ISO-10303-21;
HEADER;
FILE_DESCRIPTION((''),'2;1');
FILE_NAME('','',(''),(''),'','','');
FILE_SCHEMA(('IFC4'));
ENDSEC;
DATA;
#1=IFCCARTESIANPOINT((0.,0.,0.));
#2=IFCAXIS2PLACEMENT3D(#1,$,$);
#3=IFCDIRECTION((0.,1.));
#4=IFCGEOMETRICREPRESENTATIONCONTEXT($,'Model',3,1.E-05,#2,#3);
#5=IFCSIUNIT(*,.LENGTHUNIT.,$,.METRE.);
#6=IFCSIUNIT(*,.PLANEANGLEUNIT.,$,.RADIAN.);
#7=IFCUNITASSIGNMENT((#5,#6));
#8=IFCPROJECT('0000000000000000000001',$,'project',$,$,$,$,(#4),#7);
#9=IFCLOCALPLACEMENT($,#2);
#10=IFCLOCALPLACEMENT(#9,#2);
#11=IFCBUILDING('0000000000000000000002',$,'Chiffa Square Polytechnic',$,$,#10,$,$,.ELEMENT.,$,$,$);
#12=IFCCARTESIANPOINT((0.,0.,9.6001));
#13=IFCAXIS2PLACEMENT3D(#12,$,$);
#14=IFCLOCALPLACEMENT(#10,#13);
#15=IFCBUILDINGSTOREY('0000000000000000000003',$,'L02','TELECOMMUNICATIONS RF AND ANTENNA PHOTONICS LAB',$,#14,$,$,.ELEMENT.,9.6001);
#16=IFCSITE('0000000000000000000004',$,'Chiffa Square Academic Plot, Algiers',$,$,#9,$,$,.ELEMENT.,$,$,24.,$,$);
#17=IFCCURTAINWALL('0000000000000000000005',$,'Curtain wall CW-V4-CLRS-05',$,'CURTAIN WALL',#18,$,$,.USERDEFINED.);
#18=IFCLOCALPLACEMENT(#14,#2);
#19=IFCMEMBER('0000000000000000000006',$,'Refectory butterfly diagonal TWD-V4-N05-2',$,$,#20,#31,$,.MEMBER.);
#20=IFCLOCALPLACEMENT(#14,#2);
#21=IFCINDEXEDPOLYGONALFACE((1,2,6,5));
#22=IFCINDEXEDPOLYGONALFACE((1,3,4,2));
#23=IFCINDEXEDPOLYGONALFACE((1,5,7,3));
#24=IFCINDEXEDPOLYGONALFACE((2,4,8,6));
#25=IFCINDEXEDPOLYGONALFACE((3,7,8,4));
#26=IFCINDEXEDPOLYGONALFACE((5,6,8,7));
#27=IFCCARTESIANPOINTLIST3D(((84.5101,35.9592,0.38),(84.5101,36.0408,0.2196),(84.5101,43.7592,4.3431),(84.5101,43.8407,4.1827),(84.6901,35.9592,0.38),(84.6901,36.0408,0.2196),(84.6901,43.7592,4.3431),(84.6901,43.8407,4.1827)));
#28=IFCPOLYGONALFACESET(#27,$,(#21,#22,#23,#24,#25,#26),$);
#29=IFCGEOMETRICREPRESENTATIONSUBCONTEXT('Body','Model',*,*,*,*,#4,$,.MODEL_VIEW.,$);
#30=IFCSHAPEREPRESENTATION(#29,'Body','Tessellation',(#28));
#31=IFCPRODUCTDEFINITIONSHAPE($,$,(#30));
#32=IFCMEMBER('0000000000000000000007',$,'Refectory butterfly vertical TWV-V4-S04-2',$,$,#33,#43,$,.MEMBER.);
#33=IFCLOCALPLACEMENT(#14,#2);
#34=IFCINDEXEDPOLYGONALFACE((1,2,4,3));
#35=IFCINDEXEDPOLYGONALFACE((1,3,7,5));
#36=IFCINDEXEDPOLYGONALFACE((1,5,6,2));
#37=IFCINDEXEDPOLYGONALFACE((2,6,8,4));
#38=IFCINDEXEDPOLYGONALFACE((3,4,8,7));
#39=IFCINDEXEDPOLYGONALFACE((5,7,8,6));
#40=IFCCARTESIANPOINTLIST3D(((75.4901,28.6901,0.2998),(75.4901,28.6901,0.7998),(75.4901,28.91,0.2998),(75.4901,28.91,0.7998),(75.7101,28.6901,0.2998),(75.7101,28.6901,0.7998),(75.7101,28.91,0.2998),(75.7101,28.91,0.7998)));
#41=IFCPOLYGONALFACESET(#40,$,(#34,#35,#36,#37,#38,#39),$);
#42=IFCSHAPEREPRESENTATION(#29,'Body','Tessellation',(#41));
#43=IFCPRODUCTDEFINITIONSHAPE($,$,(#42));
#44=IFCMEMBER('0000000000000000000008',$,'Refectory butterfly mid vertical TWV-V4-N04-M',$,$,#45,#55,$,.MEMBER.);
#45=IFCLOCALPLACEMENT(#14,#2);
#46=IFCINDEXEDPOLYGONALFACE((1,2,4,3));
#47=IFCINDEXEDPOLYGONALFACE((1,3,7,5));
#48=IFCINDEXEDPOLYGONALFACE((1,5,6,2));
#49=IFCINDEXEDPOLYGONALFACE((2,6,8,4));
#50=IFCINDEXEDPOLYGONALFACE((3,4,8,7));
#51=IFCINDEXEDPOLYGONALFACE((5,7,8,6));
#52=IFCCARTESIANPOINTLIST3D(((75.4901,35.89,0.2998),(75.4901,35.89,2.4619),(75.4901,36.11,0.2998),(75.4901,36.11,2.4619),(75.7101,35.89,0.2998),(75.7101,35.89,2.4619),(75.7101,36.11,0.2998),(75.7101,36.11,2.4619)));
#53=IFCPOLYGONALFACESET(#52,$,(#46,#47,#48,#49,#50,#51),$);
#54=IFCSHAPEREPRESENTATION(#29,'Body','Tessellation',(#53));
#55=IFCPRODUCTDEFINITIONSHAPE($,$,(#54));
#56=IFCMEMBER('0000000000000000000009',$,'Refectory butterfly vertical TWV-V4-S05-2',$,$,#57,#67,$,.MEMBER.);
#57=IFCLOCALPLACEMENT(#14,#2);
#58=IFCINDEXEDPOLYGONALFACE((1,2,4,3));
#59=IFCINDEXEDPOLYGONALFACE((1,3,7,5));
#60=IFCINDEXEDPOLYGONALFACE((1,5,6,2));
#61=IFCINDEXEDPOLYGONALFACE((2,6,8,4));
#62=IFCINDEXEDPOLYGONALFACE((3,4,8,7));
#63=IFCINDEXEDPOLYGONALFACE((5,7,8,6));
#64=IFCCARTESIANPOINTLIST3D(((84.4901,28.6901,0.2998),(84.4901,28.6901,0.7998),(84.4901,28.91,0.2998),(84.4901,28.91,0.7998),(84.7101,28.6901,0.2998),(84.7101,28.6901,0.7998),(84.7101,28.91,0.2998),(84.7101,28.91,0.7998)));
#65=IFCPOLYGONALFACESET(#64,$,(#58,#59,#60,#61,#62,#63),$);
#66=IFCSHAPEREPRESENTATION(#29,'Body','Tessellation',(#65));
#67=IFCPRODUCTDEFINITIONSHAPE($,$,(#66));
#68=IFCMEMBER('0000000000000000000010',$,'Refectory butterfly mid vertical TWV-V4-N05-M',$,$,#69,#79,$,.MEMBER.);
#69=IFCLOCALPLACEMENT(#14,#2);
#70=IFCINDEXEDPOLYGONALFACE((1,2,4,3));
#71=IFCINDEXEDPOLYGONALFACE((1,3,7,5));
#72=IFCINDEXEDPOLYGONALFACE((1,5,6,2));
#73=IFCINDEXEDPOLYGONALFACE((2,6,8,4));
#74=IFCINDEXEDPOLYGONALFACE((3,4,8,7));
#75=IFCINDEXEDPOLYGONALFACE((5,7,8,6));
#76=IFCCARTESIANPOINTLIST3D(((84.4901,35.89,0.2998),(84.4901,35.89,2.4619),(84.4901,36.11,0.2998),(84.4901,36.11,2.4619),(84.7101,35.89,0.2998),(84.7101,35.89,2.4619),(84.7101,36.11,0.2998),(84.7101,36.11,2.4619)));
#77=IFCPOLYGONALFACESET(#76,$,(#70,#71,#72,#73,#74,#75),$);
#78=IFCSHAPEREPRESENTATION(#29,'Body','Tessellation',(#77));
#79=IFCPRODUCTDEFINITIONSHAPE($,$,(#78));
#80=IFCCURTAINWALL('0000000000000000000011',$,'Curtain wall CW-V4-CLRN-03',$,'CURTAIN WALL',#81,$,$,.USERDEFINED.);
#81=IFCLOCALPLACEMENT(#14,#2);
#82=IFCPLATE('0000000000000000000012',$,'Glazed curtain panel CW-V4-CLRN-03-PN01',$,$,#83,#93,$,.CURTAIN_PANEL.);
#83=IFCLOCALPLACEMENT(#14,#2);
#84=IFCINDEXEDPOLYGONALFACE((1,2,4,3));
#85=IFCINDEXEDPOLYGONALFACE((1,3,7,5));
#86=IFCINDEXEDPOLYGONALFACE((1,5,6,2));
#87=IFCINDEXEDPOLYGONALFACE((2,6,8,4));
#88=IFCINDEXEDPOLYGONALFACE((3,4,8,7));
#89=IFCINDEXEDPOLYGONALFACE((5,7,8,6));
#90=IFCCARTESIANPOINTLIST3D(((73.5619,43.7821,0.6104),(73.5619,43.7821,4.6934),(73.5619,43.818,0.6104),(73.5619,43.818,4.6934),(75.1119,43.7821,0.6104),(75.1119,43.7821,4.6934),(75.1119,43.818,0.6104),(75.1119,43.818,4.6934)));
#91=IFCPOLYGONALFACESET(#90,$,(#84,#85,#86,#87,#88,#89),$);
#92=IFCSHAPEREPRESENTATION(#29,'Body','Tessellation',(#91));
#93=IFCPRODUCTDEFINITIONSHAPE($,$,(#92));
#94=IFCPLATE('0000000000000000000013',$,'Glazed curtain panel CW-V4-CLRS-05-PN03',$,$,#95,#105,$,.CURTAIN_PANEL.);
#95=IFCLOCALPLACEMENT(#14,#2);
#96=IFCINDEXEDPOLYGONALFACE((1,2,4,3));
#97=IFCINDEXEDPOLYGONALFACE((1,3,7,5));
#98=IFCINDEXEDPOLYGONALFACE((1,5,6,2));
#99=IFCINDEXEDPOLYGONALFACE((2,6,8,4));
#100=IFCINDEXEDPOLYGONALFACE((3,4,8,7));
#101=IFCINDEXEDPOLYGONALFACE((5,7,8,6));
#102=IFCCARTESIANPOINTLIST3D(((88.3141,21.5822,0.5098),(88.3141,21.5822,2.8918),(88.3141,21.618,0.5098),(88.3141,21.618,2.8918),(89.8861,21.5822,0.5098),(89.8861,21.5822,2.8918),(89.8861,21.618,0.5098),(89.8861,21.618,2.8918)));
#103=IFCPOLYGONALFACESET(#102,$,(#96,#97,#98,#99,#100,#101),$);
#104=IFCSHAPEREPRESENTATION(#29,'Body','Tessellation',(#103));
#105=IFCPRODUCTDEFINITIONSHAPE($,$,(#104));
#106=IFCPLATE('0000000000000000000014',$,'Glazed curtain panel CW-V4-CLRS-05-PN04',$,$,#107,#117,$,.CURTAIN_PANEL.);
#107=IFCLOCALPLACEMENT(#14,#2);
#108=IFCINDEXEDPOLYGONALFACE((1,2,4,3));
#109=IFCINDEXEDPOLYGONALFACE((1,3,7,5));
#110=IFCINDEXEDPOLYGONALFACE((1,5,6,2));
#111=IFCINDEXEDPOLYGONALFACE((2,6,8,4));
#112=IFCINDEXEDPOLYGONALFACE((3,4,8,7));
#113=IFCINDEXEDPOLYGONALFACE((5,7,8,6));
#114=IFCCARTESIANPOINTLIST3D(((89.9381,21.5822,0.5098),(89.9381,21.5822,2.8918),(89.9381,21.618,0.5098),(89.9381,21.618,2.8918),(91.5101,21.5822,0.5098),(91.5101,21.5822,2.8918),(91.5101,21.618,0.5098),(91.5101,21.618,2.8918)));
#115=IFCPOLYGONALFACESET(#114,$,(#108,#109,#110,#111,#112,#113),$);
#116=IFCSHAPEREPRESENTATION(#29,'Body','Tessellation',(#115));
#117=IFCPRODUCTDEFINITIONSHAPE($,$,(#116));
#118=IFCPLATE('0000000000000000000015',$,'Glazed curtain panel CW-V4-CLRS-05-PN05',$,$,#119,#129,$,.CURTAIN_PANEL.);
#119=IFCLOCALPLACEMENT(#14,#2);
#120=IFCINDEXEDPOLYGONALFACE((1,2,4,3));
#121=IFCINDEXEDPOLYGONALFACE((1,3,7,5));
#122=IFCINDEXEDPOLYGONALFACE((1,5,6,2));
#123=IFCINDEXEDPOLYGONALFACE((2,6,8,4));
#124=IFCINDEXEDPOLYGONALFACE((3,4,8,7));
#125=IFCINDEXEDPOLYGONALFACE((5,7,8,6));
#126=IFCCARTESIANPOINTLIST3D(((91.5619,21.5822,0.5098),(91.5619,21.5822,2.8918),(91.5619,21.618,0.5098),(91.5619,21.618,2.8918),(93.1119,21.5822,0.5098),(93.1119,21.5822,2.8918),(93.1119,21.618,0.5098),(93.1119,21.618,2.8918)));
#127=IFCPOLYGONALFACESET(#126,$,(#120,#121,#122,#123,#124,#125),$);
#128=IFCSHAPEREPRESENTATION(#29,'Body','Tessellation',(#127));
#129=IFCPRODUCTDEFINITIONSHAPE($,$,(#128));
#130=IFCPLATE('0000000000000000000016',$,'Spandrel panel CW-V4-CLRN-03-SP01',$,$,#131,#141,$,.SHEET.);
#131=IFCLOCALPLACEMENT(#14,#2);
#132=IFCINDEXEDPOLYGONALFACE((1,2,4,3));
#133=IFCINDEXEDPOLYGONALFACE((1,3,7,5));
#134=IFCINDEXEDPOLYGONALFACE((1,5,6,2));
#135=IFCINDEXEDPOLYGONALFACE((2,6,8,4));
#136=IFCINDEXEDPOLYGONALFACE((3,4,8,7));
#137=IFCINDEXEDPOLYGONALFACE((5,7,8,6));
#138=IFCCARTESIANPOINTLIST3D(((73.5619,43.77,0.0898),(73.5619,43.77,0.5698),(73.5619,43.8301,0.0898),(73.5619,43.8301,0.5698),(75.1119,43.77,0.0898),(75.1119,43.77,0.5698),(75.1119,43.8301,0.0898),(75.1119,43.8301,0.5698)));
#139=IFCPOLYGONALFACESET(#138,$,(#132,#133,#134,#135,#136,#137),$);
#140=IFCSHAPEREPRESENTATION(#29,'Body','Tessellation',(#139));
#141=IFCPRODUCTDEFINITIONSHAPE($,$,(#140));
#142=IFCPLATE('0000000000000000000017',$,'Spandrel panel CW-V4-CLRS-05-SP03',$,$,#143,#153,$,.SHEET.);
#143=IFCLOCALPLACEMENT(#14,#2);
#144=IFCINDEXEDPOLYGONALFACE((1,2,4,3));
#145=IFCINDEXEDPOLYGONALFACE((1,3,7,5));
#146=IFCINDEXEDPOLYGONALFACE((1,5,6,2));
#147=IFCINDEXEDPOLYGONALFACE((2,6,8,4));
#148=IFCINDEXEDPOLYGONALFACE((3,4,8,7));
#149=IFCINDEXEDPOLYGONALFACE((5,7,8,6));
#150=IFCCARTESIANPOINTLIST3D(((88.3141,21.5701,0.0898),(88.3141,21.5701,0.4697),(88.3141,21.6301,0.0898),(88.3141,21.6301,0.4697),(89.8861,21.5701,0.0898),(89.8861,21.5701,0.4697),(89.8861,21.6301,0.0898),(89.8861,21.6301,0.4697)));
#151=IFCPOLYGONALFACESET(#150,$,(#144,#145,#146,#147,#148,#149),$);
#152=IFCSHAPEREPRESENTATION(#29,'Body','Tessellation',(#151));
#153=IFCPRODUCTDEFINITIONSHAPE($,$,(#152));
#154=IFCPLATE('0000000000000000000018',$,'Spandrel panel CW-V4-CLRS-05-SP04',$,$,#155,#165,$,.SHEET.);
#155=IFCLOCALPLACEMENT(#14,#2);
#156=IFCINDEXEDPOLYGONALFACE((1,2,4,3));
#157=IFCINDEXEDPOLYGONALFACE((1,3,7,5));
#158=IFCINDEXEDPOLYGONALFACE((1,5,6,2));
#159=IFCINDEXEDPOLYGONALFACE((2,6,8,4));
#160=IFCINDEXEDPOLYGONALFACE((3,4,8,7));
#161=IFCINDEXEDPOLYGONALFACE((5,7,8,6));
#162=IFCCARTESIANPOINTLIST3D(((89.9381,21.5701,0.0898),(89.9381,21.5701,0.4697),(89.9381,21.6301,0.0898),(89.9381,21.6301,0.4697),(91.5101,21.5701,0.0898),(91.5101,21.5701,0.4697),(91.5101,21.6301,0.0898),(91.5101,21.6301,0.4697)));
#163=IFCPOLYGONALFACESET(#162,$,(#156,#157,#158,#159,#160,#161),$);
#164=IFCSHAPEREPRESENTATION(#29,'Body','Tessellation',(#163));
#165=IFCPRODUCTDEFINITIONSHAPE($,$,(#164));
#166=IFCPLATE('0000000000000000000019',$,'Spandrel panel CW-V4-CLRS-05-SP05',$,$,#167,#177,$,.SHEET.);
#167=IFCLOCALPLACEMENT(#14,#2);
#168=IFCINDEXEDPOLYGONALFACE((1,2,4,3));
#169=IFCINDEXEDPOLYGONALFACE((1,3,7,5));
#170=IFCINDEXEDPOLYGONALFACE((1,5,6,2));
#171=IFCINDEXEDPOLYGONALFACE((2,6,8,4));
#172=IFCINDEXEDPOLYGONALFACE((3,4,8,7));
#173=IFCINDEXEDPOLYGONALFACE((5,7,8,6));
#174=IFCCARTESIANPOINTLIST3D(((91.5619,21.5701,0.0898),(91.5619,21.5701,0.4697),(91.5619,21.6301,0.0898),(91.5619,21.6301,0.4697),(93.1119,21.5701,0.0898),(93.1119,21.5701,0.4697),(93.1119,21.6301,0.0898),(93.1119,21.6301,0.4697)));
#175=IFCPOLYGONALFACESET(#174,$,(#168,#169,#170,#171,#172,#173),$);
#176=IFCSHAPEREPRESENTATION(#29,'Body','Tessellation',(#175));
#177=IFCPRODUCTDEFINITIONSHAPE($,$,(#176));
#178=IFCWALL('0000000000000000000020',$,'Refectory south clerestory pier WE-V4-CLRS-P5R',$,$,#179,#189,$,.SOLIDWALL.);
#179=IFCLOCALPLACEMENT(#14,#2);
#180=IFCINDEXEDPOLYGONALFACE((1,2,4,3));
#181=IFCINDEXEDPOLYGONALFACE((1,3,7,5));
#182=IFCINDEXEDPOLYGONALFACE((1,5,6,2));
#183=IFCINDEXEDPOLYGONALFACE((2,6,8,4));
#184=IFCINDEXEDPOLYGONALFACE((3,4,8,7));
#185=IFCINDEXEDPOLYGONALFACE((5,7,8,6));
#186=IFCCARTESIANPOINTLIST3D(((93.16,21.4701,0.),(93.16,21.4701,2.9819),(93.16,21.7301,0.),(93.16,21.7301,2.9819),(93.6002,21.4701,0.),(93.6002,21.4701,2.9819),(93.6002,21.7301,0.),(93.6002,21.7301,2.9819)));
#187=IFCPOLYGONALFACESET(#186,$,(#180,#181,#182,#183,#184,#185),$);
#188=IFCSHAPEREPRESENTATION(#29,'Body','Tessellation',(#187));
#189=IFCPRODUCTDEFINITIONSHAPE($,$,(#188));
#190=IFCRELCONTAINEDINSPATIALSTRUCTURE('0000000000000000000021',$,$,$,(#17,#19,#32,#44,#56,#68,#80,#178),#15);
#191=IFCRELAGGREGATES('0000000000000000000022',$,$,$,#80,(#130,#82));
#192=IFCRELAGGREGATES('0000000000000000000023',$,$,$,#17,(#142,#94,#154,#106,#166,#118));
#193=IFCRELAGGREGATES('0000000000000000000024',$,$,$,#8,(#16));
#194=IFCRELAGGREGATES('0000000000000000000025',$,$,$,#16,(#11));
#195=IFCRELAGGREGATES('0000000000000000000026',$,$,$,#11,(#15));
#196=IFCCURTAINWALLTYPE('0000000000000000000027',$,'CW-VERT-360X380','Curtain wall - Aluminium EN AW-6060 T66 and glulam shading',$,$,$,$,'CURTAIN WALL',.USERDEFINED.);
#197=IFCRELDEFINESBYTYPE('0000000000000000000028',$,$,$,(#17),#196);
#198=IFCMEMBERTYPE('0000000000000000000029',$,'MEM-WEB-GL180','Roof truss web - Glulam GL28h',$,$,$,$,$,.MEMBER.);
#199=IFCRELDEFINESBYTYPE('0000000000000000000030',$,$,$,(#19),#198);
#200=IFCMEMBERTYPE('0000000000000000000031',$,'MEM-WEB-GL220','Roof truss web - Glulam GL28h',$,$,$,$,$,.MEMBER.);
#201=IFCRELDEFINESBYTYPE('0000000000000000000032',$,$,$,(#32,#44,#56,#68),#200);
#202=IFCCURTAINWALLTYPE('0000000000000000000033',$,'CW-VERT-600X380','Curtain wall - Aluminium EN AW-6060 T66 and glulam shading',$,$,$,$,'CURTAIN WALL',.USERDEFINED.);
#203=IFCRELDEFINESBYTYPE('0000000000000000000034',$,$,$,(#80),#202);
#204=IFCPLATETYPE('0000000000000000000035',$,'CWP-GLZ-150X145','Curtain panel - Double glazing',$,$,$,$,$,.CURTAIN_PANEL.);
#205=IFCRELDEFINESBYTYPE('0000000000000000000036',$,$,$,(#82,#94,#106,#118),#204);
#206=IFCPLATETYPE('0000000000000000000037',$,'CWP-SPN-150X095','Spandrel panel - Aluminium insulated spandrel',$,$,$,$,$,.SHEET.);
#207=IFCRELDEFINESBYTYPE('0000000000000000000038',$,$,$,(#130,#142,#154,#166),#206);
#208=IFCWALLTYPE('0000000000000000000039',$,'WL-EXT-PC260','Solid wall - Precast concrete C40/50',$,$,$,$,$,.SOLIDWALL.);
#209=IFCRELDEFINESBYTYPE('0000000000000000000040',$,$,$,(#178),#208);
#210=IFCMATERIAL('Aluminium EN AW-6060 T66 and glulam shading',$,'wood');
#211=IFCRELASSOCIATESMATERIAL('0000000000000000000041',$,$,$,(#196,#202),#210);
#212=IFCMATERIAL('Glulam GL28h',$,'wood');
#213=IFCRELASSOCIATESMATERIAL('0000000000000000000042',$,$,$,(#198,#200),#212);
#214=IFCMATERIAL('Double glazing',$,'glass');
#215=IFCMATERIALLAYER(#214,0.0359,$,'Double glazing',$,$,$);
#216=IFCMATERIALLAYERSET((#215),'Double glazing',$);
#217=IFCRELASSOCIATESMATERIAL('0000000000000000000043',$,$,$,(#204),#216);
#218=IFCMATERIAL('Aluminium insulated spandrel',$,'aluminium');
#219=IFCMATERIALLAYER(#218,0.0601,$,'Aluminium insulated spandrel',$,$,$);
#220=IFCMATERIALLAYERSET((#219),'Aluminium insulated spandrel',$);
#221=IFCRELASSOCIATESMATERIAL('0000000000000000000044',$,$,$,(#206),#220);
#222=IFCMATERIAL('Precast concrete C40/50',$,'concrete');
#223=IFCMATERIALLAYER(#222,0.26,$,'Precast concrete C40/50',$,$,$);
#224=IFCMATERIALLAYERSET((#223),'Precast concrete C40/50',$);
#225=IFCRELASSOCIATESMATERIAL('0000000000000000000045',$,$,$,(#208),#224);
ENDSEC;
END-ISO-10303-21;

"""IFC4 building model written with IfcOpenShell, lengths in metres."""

from ifc_helpers import new_model, si_unit, direction, frame, frame_2d, origin, origin_2d, place, context, subcontext, project, spatial, rectangle, extrude, material, layer, layer_set, material_profile, profile_set, type_object, element, aggregate, save


model = new_model("IFC4")

# Units and contexts
model_context = context("Model", 3, precision=1e-05, world=origin(), true_north=direction((0.0, 1.0)))
body_context = subcontext(model_context, "Body", "Model", "MODEL_VIEW")
ifc_project = project(units=[si_unit("LENGTHUNIT", "METRE"), si_unit("PLANEANGLEUNIT", "RADIAN")], contexts=[model_context])

# Site, building, storey
site_placement = place(None, origin())
site = spatial("IfcSite", under=ifc_project, at=site_placement, Name="Chiffa Square Academic Plot, Algiers", CompositionType="ELEMENT", RefElevation=24.0)
building_placement = place(site_placement, origin())
building = spatial("IfcBuilding", under=site, at=building_placement, Name="Chiffa Square Polytechnic", CompositionType="ELEMENT")
storey_placement = place(building_placement, frame((0.0, 0.0, 9.6001)))
storey = spatial("IfcBuildingStorey", under=building, at=storey_placement, Name="L02", Description="TELECOMMUNICATIONS RF AND ANTENNA PHOTONICS LAB", CompositionType="ELEMENT", Elevation=9.6001)

# Curtain wall
ifc_material_1 = material(Name="Aluminium EN AW-6060 T66 and glulam shading", Category="wood")
curtain_wall_type_1 = type_object("IfcCurtainWallType", Name="CW-VERT-360X380", Description="Curtain wall - Aluminium EN AW-6060 T66 and glulam shading", ElementType="CURTAIN WALL", PredefinedType="USERDEFINED", material=ifc_material_1)
curtain_wall_1_placement = place(storey_placement, origin())
curtain_wall_1 = element("IfcCurtainWall", 1, at=curtain_wall_1_placement, inside=storey, type_object=curtain_wall_type_1, Name="Curtain wall CW-V4-CLRS-05", ObjectType="CURTAIN WALL", PredefinedType="USERDEFINED")

# Members
ifc_material_2 = material(Name="Glulam GL28h", Category="wood")
ifc_material_profile_1 = material_profile(ifc_material_2, rectangle(XDim=0.1799, YDim=0.1799, at=origin_2d()), Name="GL28h 180x180")
ifc_profile_set_1 = profile_set([ifc_material_profile_1], Name="Glulam GL28h")
member_type_1 = type_object("IfcMemberType", Name="MEM-WEB-GL180", Description="Roof truss web - Glulam GL28h", PredefinedType="MEMBER", material=ifc_profile_set_1)
member_1_placement = place(storey_placement, frame((84.6001, 36.0, 0.2998), z_axis=(0.0, 0.891523, 0.452975), x_axis=(-1.0, 0.0, 0.0)))
element("IfcMember", 2, at=member_1_placement, inside=storey, type_object=member_type_1, Name="Refectory butterfly diagonal TWD-V4-N05-2", PredefinedType="MEMBER", context=body_context, shape_type="SweptSolid", body=[
    extrude(rectangle(XDim=0.1799, YDim=0.1799, at=origin_2d()), origin(), (0.0, 0.0, 1.0), 8.749),
])
ifc_material_profile_2 = material_profile(ifc_material_2, rectangle(XDim=0.22, YDim=0.22, at=origin_2d()), Name="GL28h 220x220")
ifc_profile_set_2 = profile_set([ifc_material_profile_2], Name="Glulam GL28h")
member_type_2 = type_object("IfcMemberType", Name="MEM-WEB-GL220", Description="Roof truss web - Glulam GL28h", PredefinedType="MEMBER", material=ifc_profile_set_2)
member_2_placement = place(storey_placement, frame((75.6001, 28.8, 0.2998), z_axis=(0.0, 0.0, 1.0), x_axis=(1.0, 0.0, 0.0)))
element("IfcMember", 3, at=member_2_placement, inside=storey, type_object=member_type_2, Name="Refectory butterfly vertical TWV-V4-S04-2", PredefinedType="MEMBER", context=body_context, shape_type="SweptSolid", body=[
    extrude(rectangle(XDim=0.22, YDim=0.22, at=origin_2d()), origin(), (0.0, 0.0, 1.0), 0.5),
])
member_3_placement = place(storey_placement, frame((75.6001, 36.0, 0.2998), z_axis=(0.0, 0.0, 1.0), x_axis=(1.0, 0.0, 0.0)))
element("IfcMember", 4, at=member_3_placement, inside=storey, type_object=member_type_2, Name="Refectory butterfly mid vertical TWV-V4-N04-M", PredefinedType="MEMBER", context=body_context, shape_type="SweptSolid", body=[
    extrude(rectangle(XDim=0.22, YDim=0.22, at=origin_2d()), origin(), (0.0, 0.0, 1.0), 2.1621),
])
member_4_placement = place(storey_placement, frame((84.6001, 28.8, 0.2998), z_axis=(0.0, 0.0, 1.0), x_axis=(1.0, 0.0, 0.0)))
element("IfcMember", 5, at=member_4_placement, inside=storey, type_object=member_type_2, Name="Refectory butterfly vertical TWV-V4-S05-2", PredefinedType="MEMBER", context=body_context, shape_type="SweptSolid", body=[
    extrude(rectangle(XDim=0.22, YDim=0.22, at=origin_2d()), origin(), (0.0, 0.0, 1.0), 0.5),
])
member_5_placement = place(storey_placement, frame((84.6001, 36.0, 0.2998), z_axis=(0.0, 0.0, 1.0), x_axis=(1.0, 0.0, 0.0)))
element("IfcMember", 6, at=member_5_placement, inside=storey, type_object=member_type_2, Name="Refectory butterfly mid vertical TWV-V4-N05-M", PredefinedType="MEMBER", context=body_context, shape_type="SweptSolid", body=[
    extrude(rectangle(XDim=0.22, YDim=0.22, at=origin_2d()), origin(), (0.0, 0.0, 1.0), 2.1621),
])

# Curtain wall, plate
curtain_wall_type_2 = type_object("IfcCurtainWallType", Name="CW-VERT-600X380", Description="Curtain wall - Aluminium EN AW-6060 T66 and glulam shading", ElementType="CURTAIN WALL", PredefinedType="USERDEFINED", material=ifc_material_1)
curtain_wall_2_placement = place(storey_placement, origin())
curtain_wall_2 = element("IfcCurtainWall", 7, at=curtain_wall_2_placement, inside=storey, type_object=curtain_wall_type_2, Name="Curtain wall CW-V4-CLRN-03", ObjectType="CURTAIN WALL", PredefinedType="USERDEFINED")
ifc_material_3 = material(Name="Double glazing", Category="glass")
ifc_layer_1 = layer(ifc_material_3, 0.0359, Name="Double glazing")
ifc_layer_set_1 = layer_set([ifc_layer_1], Name="Double glazing")
plate_type_1 = type_object("IfcPlateType", Name="CWP-GLZ-150X145", Description="Curtain panel - Double glazing", PredefinedType="CURTAIN_PANEL", material=ifc_layer_set_1)
plate_1_placement = place(storey_placement, frame((74.3369, 43.8, 0.6104), z_axis=(0.0, 0.0, 1.0), x_axis=(-1.0, 0.0, 0.0)))
plate_1 = element("IfcPlate", 8, at=plate_1_placement, type_object=plate_type_1, Name="Glazed curtain panel CW-V4-CLRN-03-PN01", PredefinedType="CURTAIN_PANEL", context=body_context, shape_type="SweptSolid", body=[
    extrude(rectangle(XDim=1.55, YDim=0.0359, at=origin_2d()), origin(), (0.0, 0.0, 1.0), 4.083),
])

# Plates
plate_2_placement = place(storey_placement, frame((89.1001, 21.6001, 0.5098), z_axis=(0.0, 0.0, 1.0), x_axis=(1.0, 0.0, 0.0)))
plate_2 = element("IfcPlate", 9, at=plate_2_placement, type_object=plate_type_1, Name="Glazed curtain panel CW-V4-CLRS-05-PN03", PredefinedType="CURTAIN_PANEL", context=body_context, shape_type="SweptSolid", body=[
    extrude(rectangle(XDim=1.572, YDim=0.0359, at=origin_2d()), origin(), (0.0, 0.0, 1.0), 2.3821),
])
plate_3_placement = place(storey_placement, frame((90.7241, 21.6001, 0.5098), z_axis=(0.0, 0.0, 1.0), x_axis=(1.0, 0.0, 0.0)))
plate_3 = element("IfcPlate", 10, at=plate_3_placement, type_object=plate_type_1, Name="Glazed curtain panel CW-V4-CLRS-05-PN04", PredefinedType="CURTAIN_PANEL", context=body_context, shape_type="SweptSolid", body=[
    extrude(rectangle(XDim=1.572, YDim=0.0359, at=origin_2d()), origin(), (0.0, 0.0, 1.0), 2.3821),
])
plate_4_placement = place(storey_placement, frame((92.3369, 21.6001, 0.5098), z_axis=(0.0, 0.0, 1.0), x_axis=(1.0, 0.0, 0.0)))
plate_4 = element("IfcPlate", 11, at=plate_4_placement, type_object=plate_type_1, Name="Glazed curtain panel CW-V4-CLRS-05-PN05", PredefinedType="CURTAIN_PANEL", context=body_context, shape_type="SweptSolid", body=[
    extrude(rectangle(XDim=1.55, YDim=0.0359, at=origin_2d()), origin(), (0.0, 0.0, 1.0), 2.3821),
])
ifc_material_4 = material(Name="Aluminium insulated spandrel", Category="aluminium")
ifc_layer_2 = layer(ifc_material_4, 0.0601, Name="Aluminium insulated spandrel")
ifc_layer_set_2 = layer_set([ifc_layer_2], Name="Aluminium insulated spandrel")
plate_type_2 = type_object("IfcPlateType", Name="CWP-SPN-150X095", Description="Spandrel panel - Aluminium insulated spandrel", PredefinedType="SHEET", material=ifc_layer_set_2)
plate_5_placement = place(storey_placement, frame((74.3369, 43.8, 0.0898), z_axis=(0.0, 0.0, 1.0), x_axis=(-1.0, 0.0, 0.0)))
plate_5 = element("IfcPlate", 12, at=plate_5_placement, type_object=plate_type_2, Name="Spandrel panel CW-V4-CLRN-03-SP01", PredefinedType="SHEET", context=body_context, shape_type="SweptSolid", body=[
    extrude(rectangle(XDim=1.55, YDim=0.0601, at=origin_2d()), origin(), (0.0, 0.0, 1.0), 0.48),
])
aggregate(curtain_wall_2, [plate_5, plate_1])
plate_6_placement = place(storey_placement, frame((89.1001, 21.6001, 0.0898), z_axis=(0.0, 0.0, 1.0), x_axis=(1.0, 0.0, 0.0)))
plate_6 = element("IfcPlate", 13, at=plate_6_placement, type_object=plate_type_2, Name="Spandrel panel CW-V4-CLRS-05-SP03", PredefinedType="SHEET", context=body_context, shape_type="SweptSolid", body=[
    extrude(rectangle(XDim=1.572, YDim=0.0601, at=origin_2d()), origin(), (0.0, 0.0, 1.0), 0.3799),
])
plate_7_placement = place(storey_placement, frame((90.7241, 21.6001, 0.0898), z_axis=(0.0, 0.0, 1.0), x_axis=(1.0, 0.0, 0.0)))
plate_7 = element("IfcPlate", 14, at=plate_7_placement, type_object=plate_type_2, Name="Spandrel panel CW-V4-CLRS-05-SP04", PredefinedType="SHEET", context=body_context, shape_type="SweptSolid", body=[
    extrude(rectangle(XDim=1.572, YDim=0.0601, at=origin_2d()), origin(), (0.0, 0.0, 1.0), 0.3799),
])
plate_8_placement = place(storey_placement, frame((92.3369, 21.6001, 0.0898), z_axis=(0.0, 0.0, 1.0), x_axis=(1.0, 0.0, 0.0)))
plate_8 = element("IfcPlate", 15, at=plate_8_placement, type_object=plate_type_2, Name="Spandrel panel CW-V4-CLRS-05-SP05", PredefinedType="SHEET", context=body_context, shape_type="SweptSolid", body=[
    extrude(rectangle(XDim=1.55, YDim=0.0601, at=origin_2d()), origin(), (0.0, 0.0, 1.0), 0.3799),
])
aggregate(curtain_wall_1, [plate_6, plate_2, plate_7, plate_3, plate_8, plate_4])

# Wall
ifc_material_5 = material(Name="Precast concrete C40/50", Category="concrete")
ifc_layer_3 = layer(ifc_material_5, 0.26, Name="Precast concrete C40/50")
ifc_layer_set_3 = layer_set([ifc_layer_3], Name="Precast concrete C40/50")
wall_type = type_object("IfcWallType", Name="WL-EXT-PC260", Description="Solid wall - Precast concrete C40/50", PredefinedType="SOLIDWALL", material=ifc_layer_set_3)
wall_1_placement = place(storey_placement, frame((93.1599, 21.6001, 0.0), z_axis=(0.0, 0.0, 1.0), x_axis=(1.0, 0.0, 0.0)))
element("IfcWall", 16, at=wall_1_placement, inside=storey, type_object=wall_type, Name="Refectory south clerestory pier WE-V4-CLRS-P5R", PredefinedType="SOLIDWALL", context=body_context, shape_type="SweptSolid", body=[
    extrude(rectangle(XDim=0.4402, YDim=0.26, at=frame_2d((0.2202, 0.0))), origin(), (0.0, 0.0, 1.0), 2.9819),
])

save(model, "model.ifc")
